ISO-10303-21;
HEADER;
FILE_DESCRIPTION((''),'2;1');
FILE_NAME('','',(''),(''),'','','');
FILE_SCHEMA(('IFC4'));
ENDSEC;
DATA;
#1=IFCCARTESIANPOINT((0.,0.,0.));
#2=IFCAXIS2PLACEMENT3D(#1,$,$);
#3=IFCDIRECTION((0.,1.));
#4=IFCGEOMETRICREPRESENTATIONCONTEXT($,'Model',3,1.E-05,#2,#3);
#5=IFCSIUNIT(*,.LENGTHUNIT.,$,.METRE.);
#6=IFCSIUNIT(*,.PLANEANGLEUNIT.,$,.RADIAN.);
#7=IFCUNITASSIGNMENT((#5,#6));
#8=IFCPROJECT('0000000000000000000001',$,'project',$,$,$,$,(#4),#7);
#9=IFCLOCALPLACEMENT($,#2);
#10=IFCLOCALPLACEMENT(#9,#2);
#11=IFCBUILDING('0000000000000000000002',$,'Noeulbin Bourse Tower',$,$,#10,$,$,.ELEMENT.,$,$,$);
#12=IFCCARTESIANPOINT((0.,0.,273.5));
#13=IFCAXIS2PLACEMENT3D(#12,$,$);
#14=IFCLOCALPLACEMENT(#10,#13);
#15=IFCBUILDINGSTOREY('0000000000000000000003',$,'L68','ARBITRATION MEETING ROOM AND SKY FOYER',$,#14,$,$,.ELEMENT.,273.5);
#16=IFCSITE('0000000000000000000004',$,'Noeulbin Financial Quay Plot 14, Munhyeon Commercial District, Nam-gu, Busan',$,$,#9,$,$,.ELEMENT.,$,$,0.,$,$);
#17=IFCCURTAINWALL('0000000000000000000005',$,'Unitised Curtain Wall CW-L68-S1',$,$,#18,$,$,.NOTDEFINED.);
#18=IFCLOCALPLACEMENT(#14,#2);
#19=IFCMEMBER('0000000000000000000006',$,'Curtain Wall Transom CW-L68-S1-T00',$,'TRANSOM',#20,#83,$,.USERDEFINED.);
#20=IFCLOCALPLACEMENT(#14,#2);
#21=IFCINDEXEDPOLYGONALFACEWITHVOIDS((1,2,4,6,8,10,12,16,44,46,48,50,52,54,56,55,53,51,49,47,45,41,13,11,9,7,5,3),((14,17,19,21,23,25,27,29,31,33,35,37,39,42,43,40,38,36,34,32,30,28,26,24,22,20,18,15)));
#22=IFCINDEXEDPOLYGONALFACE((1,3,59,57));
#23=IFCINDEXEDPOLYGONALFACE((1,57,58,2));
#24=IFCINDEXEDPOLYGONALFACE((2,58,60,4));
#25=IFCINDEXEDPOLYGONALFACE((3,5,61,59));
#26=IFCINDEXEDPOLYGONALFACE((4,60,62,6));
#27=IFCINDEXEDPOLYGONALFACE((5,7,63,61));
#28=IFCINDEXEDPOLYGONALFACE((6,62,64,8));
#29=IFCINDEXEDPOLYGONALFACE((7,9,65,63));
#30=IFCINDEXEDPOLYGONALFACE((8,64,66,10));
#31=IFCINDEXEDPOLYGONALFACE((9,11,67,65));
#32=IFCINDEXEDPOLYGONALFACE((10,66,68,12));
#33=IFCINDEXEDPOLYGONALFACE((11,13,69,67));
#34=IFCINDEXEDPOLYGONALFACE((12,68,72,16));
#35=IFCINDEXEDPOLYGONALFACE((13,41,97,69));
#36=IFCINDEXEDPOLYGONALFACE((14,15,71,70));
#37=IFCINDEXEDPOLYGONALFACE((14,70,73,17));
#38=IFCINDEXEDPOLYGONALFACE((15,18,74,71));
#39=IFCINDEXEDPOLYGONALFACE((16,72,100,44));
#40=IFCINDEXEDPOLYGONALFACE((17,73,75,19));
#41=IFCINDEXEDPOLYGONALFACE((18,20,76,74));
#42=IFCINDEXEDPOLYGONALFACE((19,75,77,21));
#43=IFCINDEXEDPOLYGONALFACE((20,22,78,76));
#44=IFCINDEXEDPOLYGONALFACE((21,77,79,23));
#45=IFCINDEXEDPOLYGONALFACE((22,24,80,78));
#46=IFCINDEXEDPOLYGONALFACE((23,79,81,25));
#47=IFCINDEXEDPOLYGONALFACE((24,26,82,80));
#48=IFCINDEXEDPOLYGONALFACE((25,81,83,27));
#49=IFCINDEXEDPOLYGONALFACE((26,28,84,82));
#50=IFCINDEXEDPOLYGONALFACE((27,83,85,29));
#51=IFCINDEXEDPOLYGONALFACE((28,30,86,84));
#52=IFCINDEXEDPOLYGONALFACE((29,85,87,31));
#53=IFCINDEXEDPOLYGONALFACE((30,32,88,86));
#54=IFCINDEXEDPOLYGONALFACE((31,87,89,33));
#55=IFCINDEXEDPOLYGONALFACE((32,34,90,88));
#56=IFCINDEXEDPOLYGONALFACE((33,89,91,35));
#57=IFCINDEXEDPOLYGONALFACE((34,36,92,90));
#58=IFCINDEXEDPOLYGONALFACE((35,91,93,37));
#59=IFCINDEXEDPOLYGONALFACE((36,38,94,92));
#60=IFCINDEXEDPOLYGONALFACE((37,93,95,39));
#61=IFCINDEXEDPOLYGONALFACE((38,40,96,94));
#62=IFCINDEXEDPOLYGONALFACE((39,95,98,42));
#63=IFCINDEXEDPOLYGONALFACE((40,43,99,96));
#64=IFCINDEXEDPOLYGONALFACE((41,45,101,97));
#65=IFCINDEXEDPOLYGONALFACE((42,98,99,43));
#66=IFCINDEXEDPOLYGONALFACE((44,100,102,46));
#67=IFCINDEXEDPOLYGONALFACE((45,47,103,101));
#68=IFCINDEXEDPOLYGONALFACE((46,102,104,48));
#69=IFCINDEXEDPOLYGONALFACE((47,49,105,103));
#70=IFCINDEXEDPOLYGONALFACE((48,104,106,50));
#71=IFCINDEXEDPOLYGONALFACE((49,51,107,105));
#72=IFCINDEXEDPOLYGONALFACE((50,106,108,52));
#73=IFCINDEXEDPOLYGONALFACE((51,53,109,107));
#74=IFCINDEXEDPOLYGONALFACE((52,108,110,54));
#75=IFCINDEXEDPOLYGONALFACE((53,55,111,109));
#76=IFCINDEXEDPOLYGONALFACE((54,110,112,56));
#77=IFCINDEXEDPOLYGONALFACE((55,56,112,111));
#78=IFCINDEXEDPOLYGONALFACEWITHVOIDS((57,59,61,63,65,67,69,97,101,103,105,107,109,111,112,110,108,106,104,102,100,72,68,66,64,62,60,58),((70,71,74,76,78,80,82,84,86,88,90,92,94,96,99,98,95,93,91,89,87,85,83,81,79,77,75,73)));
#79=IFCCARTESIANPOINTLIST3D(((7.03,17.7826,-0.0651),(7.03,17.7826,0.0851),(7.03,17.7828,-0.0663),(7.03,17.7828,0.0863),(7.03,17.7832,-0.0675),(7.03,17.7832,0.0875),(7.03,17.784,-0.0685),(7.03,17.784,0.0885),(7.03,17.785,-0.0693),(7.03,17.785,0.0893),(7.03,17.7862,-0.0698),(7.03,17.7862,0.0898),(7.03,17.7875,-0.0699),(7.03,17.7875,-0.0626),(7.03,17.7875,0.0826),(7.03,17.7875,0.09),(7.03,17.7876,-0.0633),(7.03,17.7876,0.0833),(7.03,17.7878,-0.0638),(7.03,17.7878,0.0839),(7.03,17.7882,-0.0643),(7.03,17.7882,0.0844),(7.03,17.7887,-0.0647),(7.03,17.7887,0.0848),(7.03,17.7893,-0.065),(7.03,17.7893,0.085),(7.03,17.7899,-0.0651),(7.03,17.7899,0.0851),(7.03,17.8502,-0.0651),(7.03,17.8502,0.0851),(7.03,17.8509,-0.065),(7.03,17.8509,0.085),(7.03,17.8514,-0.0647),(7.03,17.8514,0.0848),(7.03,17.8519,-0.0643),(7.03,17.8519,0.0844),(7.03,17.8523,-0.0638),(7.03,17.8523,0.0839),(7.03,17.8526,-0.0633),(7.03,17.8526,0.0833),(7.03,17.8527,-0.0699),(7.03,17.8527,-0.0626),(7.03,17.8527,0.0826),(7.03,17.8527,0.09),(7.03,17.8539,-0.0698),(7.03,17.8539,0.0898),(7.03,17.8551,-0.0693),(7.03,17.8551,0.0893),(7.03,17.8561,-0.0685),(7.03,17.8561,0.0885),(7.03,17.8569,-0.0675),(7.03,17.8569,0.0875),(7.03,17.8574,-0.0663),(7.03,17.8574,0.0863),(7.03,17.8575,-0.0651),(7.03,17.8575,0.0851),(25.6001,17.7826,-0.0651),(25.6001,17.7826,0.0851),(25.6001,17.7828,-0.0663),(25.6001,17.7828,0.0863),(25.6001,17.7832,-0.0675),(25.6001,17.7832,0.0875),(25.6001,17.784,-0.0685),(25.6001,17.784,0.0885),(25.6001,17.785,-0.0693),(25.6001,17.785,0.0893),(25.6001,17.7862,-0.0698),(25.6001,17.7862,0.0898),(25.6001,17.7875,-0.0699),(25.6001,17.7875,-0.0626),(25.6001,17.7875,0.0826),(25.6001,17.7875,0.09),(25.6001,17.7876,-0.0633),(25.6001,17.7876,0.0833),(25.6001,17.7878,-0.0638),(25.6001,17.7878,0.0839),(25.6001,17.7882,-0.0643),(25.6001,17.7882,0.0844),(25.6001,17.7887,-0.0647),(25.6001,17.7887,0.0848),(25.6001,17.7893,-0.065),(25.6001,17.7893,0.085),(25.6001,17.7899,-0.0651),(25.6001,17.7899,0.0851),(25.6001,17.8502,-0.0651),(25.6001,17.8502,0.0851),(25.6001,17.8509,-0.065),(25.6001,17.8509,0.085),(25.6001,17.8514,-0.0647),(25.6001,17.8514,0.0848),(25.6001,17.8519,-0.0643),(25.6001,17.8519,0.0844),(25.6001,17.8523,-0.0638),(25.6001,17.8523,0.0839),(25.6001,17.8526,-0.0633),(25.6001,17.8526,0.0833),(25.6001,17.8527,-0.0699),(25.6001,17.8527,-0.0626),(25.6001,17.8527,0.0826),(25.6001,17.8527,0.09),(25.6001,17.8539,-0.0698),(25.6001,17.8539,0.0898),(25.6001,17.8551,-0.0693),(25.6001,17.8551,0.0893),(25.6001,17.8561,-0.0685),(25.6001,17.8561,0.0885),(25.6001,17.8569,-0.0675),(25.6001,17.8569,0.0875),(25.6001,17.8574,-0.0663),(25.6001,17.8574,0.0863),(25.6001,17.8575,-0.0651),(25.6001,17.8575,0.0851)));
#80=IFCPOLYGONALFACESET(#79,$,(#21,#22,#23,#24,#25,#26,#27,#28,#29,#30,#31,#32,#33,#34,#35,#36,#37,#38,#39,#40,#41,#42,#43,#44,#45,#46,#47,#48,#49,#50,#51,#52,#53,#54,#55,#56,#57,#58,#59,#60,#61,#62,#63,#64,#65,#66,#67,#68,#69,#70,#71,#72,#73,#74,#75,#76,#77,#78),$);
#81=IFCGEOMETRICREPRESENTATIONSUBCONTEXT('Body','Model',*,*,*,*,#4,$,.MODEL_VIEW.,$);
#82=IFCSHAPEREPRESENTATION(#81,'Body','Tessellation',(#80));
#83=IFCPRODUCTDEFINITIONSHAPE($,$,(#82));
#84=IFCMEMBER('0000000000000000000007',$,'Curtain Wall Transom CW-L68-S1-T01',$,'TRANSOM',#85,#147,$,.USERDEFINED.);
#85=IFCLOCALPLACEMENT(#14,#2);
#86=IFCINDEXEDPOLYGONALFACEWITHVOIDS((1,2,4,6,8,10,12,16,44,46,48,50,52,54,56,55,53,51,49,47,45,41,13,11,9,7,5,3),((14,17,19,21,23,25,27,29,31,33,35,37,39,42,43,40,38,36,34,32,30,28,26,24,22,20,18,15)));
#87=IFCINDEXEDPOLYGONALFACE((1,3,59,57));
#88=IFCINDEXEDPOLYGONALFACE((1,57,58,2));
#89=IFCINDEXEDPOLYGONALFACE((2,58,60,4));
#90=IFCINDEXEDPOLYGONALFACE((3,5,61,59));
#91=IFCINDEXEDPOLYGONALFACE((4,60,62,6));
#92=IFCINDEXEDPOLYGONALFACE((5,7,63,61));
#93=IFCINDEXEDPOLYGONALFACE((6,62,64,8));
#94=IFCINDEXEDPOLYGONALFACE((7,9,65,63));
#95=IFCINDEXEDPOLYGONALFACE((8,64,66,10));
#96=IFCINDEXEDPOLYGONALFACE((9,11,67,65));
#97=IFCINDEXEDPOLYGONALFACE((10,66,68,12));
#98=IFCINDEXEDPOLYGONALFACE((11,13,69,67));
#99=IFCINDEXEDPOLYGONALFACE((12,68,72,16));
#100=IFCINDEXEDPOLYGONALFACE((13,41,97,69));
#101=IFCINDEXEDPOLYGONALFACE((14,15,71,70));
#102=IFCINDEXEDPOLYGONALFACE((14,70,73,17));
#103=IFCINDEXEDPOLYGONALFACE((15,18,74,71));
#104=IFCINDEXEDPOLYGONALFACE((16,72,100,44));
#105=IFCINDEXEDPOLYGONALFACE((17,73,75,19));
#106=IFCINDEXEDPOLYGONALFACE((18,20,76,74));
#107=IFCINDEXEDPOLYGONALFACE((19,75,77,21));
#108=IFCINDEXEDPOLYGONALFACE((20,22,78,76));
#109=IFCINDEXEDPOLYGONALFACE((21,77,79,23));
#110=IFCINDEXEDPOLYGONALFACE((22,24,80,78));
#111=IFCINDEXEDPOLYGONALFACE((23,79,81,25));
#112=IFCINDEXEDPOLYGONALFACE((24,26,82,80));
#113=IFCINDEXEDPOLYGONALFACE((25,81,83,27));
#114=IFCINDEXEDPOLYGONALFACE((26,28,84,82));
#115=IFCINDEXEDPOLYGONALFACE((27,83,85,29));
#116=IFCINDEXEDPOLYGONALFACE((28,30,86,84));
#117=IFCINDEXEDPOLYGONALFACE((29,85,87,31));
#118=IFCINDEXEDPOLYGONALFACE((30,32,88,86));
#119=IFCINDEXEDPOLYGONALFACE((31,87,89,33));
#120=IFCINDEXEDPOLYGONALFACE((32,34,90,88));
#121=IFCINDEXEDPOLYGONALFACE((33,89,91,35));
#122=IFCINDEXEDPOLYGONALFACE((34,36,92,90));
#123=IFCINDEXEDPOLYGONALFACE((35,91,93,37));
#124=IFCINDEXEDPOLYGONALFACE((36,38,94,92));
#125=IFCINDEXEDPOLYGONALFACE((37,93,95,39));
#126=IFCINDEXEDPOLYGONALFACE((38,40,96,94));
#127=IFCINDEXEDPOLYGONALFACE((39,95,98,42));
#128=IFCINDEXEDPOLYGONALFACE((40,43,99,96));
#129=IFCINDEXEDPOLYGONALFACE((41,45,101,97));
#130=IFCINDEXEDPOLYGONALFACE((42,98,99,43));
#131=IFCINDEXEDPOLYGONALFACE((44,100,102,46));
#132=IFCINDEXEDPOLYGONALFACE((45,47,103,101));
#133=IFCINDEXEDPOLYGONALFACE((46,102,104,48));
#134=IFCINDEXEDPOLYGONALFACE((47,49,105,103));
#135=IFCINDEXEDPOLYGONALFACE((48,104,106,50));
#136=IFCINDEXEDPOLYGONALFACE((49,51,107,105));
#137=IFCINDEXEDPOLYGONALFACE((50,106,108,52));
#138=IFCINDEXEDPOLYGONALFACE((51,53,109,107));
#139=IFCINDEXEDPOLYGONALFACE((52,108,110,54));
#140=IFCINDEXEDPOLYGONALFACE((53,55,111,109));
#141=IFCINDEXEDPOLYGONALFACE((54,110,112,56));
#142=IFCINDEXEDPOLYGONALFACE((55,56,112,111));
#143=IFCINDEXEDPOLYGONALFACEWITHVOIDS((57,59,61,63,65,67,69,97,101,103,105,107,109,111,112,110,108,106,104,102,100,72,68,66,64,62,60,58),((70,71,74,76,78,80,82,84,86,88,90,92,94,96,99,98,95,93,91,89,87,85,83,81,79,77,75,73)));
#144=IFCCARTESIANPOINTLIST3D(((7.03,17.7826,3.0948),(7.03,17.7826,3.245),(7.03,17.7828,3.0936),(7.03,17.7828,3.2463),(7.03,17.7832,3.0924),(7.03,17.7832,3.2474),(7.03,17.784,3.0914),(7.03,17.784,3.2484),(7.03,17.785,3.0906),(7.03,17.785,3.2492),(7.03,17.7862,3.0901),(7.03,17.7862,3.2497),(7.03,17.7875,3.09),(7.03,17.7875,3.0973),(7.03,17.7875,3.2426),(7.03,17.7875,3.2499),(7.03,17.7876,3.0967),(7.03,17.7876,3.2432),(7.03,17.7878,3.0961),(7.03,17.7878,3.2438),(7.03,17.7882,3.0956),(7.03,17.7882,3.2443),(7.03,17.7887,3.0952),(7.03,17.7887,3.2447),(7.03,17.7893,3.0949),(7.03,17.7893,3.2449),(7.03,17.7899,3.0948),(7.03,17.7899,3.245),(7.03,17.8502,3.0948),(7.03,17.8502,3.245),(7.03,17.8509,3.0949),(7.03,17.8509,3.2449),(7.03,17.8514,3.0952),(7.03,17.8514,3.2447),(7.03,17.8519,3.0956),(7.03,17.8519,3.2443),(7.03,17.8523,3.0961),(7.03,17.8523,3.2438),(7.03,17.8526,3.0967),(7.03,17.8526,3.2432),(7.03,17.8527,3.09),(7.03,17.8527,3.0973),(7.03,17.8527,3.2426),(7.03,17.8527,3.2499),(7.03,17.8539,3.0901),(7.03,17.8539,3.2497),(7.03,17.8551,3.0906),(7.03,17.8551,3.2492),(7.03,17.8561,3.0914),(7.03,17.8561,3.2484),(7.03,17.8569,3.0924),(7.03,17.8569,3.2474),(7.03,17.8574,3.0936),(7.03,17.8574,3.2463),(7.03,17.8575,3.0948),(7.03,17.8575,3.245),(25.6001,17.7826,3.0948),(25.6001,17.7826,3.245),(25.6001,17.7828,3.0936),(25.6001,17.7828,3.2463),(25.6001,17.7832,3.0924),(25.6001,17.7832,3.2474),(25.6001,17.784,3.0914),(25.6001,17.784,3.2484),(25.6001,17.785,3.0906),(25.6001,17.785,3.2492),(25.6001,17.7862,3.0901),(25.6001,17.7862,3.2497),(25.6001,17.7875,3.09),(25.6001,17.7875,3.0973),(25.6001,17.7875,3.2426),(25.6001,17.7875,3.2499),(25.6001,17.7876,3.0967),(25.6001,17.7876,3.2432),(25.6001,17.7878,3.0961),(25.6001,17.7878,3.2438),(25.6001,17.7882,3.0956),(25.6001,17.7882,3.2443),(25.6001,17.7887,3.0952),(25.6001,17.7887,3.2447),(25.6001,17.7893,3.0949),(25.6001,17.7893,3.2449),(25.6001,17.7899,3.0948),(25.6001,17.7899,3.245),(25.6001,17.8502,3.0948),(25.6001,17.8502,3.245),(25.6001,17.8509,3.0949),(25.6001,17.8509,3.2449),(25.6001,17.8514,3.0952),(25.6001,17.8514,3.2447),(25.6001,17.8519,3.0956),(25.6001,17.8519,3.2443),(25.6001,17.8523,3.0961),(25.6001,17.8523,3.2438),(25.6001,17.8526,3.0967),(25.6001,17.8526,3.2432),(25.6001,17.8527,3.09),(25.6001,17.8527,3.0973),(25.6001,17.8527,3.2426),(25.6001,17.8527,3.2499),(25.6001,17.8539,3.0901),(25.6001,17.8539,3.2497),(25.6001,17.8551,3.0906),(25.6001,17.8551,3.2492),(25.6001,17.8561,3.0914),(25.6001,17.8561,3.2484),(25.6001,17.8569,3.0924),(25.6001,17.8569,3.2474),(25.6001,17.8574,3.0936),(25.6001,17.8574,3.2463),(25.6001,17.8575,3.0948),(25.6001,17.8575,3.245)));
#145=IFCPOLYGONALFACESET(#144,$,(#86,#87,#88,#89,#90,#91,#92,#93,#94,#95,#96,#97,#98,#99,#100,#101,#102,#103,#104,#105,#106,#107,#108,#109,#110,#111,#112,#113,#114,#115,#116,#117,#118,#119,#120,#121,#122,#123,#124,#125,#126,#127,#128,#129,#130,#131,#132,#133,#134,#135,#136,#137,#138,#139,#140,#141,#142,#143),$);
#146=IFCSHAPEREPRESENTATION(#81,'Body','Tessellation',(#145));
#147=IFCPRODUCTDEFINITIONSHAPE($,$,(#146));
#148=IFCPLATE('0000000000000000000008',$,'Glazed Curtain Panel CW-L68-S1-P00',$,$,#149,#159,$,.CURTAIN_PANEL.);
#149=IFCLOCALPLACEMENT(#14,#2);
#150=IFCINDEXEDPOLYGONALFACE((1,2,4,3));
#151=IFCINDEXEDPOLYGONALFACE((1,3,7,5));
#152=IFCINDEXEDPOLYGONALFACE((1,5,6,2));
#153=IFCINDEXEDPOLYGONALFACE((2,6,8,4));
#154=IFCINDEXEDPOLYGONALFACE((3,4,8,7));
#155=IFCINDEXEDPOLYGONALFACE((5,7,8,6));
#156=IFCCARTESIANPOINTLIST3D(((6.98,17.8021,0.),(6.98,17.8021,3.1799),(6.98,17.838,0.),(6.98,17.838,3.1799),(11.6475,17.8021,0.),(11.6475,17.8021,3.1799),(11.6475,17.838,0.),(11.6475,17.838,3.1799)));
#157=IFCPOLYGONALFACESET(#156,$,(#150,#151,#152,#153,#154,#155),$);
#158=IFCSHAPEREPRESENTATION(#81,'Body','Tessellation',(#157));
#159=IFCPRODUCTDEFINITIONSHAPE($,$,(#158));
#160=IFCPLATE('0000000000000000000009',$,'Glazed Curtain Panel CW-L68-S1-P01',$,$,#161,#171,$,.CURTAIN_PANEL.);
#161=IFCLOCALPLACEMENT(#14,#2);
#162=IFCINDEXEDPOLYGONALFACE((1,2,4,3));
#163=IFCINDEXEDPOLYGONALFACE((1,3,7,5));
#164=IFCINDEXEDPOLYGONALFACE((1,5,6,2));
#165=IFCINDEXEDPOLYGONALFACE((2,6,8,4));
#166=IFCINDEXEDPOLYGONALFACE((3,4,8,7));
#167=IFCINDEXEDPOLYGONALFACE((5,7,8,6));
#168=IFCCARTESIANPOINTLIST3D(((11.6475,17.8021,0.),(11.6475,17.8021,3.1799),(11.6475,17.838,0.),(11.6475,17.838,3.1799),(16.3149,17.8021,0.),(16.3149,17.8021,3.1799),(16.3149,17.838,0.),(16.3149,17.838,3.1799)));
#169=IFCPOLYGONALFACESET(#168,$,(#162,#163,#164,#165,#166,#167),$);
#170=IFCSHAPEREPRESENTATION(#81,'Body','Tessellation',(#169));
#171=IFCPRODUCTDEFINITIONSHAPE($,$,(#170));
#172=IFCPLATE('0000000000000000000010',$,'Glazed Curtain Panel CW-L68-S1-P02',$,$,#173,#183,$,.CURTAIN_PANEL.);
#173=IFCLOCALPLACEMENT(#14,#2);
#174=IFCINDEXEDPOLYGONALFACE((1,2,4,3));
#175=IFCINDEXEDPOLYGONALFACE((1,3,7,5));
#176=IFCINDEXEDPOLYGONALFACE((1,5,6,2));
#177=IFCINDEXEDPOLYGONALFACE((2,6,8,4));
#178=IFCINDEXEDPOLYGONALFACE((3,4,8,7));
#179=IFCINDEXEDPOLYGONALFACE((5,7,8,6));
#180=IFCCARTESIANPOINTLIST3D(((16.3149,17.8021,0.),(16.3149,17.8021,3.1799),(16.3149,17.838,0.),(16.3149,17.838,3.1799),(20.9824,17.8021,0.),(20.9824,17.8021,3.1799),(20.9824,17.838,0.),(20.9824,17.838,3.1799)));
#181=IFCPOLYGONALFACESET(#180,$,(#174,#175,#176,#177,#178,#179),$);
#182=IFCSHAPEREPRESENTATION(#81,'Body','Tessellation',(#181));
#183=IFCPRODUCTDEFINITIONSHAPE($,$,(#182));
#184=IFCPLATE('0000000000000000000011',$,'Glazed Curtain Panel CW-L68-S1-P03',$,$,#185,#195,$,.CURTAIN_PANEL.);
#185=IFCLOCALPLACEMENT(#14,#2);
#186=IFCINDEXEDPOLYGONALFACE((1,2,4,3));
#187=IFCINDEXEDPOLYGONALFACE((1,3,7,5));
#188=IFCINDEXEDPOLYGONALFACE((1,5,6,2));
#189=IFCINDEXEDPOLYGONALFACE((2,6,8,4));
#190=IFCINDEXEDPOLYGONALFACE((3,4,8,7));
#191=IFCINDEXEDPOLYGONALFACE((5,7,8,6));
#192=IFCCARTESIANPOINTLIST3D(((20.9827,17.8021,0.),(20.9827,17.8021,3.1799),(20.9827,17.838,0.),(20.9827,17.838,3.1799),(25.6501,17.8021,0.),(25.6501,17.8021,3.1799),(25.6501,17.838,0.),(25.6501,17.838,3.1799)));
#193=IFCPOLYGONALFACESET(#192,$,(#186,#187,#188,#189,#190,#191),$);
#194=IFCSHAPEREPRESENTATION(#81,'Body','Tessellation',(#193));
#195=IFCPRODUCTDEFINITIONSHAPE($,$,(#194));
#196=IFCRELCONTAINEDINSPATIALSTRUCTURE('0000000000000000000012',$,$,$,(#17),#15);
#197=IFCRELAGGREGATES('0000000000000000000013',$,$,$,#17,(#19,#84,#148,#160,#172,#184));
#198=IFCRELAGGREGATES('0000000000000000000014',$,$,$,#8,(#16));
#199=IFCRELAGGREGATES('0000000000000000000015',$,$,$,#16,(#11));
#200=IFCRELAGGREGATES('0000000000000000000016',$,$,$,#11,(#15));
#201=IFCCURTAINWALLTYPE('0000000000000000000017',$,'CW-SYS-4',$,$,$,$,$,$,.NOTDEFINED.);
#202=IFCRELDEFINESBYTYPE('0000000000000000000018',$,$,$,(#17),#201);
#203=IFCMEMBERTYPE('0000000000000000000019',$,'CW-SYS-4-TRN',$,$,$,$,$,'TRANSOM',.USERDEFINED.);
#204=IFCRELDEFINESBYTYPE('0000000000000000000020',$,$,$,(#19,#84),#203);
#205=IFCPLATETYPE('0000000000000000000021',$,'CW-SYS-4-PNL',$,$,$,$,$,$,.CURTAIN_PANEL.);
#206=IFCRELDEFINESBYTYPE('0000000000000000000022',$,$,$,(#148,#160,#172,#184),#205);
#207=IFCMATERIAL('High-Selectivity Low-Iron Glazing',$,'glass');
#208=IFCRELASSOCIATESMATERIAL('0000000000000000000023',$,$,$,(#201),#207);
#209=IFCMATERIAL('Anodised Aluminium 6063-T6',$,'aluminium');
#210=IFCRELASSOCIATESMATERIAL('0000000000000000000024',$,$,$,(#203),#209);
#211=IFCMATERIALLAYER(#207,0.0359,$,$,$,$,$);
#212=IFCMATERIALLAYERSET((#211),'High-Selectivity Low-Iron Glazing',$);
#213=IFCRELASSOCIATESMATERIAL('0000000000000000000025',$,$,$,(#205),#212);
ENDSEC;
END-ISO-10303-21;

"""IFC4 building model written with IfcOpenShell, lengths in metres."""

from ifc_helpers import new_model, si_unit, direction, frame, origin, origin_2d, place, context, subcontext, project, spatial, rectangle, hollow_rectangle, extrude, material, layer, layer_set, material_profile, profile_set, type_object, element, aggregate, save


model = new_model("IFC4")

# Units and contexts
model_context = context("Model", 3, precision=1e-05, world=origin(), true_north=direction((0.0, 1.0)))
body_context = subcontext(model_context, "Body", "Model", "MODEL_VIEW")
ifc_project = project(units=[si_unit("LENGTHUNIT", "METRE"), si_unit("PLANEANGLEUNIT", "RADIAN")], contexts=[model_context])

# Site, building, storey
site_placement = place(None, origin())
site = spatial("IfcSite", under=ifc_project, at=site_placement, Name="Noeulbin Financial Quay Plot 14, Munhyeon Commercial District, Nam-gu, Busan", CompositionType="ELEMENT", RefElevation=0.0)
building_placement = place(site_placement, origin())
building = spatial("IfcBuilding", under=site, at=building_placement, Name="Noeulbin Bourse Tower", CompositionType="ELEMENT")
storey_placement = place(building_placement, frame((0.0, 0.0, 273.5)))
storey = spatial("IfcBuildingStorey", under=building, at=storey_placement, Name="L68", Description="ARBITRATION MEETING ROOM AND SKY FOYER", CompositionType="ELEMENT", Elevation=273.5)

# Curtain wall, members, plates
ifc_material_1 = material(Name="High-Selectivity Low-Iron Glazing", Category="glass")
curtain_wall_type = type_object("IfcCurtainWallType", Name="CW-SYS-4", PredefinedType="NOTDEFINED", material=ifc_material_1)
curtain_wall_placement = place(storey_placement, origin())
curtain_wall = element("IfcCurtainWall", 1, at=curtain_wall_placement, inside=storey, type_object=curtain_wall_type, Name="Unitised Curtain Wall CW-L68-S1", PredefinedType="NOTDEFINED")
ifc_material_2 = material(Name="Anodised Aluminium 6063-T6", Category="aluminium")
ifc_material_profile_1 = material_profile(ifc_material_2, hollow_rectangle(XDim=0.075, YDim=0.1599, WallThickness=0.0049, InnerFilletRadius=0.0024, OuterFilletRadius=0.0049, at=origin_2d()), Name="ALU-TRAN-75x160x5", Category="LoadBearing")
ifc_profile_set_1 = profile_set([ifc_material_profile_1], Name="Anodised Aluminium 6063-T6")
member_type_1 = type_object("IfcMemberType", Name="CW-SYS-4-TRN", ElementType="TRANSOM", PredefinedType="USERDEFINED", material=ifc_profile_set_1)
member_1_placement = place(storey_placement, frame((7.03, 17.8201, 0.01), z_axis=(1.0, 0.0, 0.0), x_axis=(0.0, 1.0, 0.0)))
member_1 = element("IfcMember", 2, at=member_1_placement, type_object=member_type_1, Name="Curtain Wall Transom CW-L68-S1-T00", ObjectType="TRANSOM", PredefinedType="USERDEFINED", context=body_context, shape_type="SweptSolid", body=[
    extrude(hollow_rectangle(XDim=0.075, YDim=0.1599, WallThickness=0.0049, InnerFilletRadius=0.0024, OuterFilletRadius=0.0049, at=origin_2d()), origin(), (0.0, 0.0, 1.0), 18.5701),
])
member_2_placement = place(storey_placement, frame((7.03, 17.8201, 3.1699), z_axis=(1.0, 0.0, 0.0), x_axis=(0.0, 1.0, 0.0)))
member_2 = element("IfcMember", 3, at=member_2_placement, type_object=member_type_1, Name="Curtain Wall Transom CW-L68-S1-T01", ObjectType="TRANSOM", PredefinedType="USERDEFINED", context=body_context, shape_type="SweptSolid", body=[
    extrude(hollow_rectangle(XDim=0.075, YDim=0.1599, WallThickness=0.0049, InnerFilletRadius=0.0024, OuterFilletRadius=0.0049, at=origin_2d()), origin(), (0.0, 0.0, 1.0), 18.5701),
])
ifc_layer_1 = layer(ifc_material_1, 0.0359)
ifc_layer_set_1 = layer_set([ifc_layer_1], Name="High-Selectivity Low-Iron Glazing")
plate_type_1 = type_object("IfcPlateType", Name="CW-SYS-4-PNL", PredefinedType="CURTAIN_PANEL", material=ifc_layer_set_1)
plate_1_placement = place(storey_placement, frame((9.3137, 17.8201, 0.0), z_axis=(0.0, 0.0, 1.0), x_axis=(1.0, 0.0, 0.0)))
plate_1 = element("IfcPlate", 4, at=plate_1_placement, type_object=plate_type_1, Name="Glazed Curtain Panel CW-L68-S1-P00", PredefinedType="CURTAIN_PANEL", context=body_context, shape_type="SweptSolid", body=[
    extrude(rectangle(XDim=4.6675, YDim=0.0359, at=origin_2d()), origin(), (0.0, 0.0, 1.0), 3.1799),
])
plate_2_placement = place(storey_placement, frame((13.9812, 17.8201, 0.0), z_axis=(0.0, 0.0, 1.0), x_axis=(1.0, 0.0, 0.0)))
plate_2 = element("IfcPlate", 5, at=plate_2_placement, type_object=plate_type_1, Name="Glazed Curtain Panel CW-L68-S1-P01", PredefinedType="CURTAIN_PANEL", context=body_context, shape_type="SweptSolid", body=[
    extrude(rectangle(XDim=4.6675, YDim=0.0359, at=origin_2d()), origin(), (0.0, 0.0, 1.0), 3.1799),
])
plate_3_placement = place(storey_placement, frame((18.6487, 17.8201, 0.0), z_axis=(0.0, 0.0, 1.0), x_axis=(1.0, 0.0, 0.0)))
plate_3 = element("IfcPlate", 6, at=plate_3_placement, type_object=plate_type_1, Name="Glazed Curtain Panel CW-L68-S1-P02", PredefinedType="CURTAIN_PANEL", context=body_context, shape_type="SweptSolid", body=[
    extrude(rectangle(XDim=4.6675, YDim=0.0359, at=origin_2d()), origin(), (0.0, 0.0, 1.0), 3.1799),
])
plate_4_placement = place(storey_placement, frame((23.3164, 17.8201, 0.0), z_axis=(0.0, 0.0, 1.0), x_axis=(1.0, 0.0, 0.0)))
plate_4 = element("IfcPlate", 7, at=plate_4_placement, type_object=plate_type_1, Name="Glazed Curtain Panel CW-L68-S1-P03", PredefinedType="CURTAIN_PANEL", context=body_context, shape_type="SweptSolid", body=[
    extrude(rectangle(XDim=4.6675, YDim=0.0359, at=origin_2d()), origin(), (0.0, 0.0, 1.0), 3.1799),
])
aggregate(curtain_wall, [member_1, member_2, plate_1, plate_2, plate_3, plate_4])

save(model, "model.ifc")
